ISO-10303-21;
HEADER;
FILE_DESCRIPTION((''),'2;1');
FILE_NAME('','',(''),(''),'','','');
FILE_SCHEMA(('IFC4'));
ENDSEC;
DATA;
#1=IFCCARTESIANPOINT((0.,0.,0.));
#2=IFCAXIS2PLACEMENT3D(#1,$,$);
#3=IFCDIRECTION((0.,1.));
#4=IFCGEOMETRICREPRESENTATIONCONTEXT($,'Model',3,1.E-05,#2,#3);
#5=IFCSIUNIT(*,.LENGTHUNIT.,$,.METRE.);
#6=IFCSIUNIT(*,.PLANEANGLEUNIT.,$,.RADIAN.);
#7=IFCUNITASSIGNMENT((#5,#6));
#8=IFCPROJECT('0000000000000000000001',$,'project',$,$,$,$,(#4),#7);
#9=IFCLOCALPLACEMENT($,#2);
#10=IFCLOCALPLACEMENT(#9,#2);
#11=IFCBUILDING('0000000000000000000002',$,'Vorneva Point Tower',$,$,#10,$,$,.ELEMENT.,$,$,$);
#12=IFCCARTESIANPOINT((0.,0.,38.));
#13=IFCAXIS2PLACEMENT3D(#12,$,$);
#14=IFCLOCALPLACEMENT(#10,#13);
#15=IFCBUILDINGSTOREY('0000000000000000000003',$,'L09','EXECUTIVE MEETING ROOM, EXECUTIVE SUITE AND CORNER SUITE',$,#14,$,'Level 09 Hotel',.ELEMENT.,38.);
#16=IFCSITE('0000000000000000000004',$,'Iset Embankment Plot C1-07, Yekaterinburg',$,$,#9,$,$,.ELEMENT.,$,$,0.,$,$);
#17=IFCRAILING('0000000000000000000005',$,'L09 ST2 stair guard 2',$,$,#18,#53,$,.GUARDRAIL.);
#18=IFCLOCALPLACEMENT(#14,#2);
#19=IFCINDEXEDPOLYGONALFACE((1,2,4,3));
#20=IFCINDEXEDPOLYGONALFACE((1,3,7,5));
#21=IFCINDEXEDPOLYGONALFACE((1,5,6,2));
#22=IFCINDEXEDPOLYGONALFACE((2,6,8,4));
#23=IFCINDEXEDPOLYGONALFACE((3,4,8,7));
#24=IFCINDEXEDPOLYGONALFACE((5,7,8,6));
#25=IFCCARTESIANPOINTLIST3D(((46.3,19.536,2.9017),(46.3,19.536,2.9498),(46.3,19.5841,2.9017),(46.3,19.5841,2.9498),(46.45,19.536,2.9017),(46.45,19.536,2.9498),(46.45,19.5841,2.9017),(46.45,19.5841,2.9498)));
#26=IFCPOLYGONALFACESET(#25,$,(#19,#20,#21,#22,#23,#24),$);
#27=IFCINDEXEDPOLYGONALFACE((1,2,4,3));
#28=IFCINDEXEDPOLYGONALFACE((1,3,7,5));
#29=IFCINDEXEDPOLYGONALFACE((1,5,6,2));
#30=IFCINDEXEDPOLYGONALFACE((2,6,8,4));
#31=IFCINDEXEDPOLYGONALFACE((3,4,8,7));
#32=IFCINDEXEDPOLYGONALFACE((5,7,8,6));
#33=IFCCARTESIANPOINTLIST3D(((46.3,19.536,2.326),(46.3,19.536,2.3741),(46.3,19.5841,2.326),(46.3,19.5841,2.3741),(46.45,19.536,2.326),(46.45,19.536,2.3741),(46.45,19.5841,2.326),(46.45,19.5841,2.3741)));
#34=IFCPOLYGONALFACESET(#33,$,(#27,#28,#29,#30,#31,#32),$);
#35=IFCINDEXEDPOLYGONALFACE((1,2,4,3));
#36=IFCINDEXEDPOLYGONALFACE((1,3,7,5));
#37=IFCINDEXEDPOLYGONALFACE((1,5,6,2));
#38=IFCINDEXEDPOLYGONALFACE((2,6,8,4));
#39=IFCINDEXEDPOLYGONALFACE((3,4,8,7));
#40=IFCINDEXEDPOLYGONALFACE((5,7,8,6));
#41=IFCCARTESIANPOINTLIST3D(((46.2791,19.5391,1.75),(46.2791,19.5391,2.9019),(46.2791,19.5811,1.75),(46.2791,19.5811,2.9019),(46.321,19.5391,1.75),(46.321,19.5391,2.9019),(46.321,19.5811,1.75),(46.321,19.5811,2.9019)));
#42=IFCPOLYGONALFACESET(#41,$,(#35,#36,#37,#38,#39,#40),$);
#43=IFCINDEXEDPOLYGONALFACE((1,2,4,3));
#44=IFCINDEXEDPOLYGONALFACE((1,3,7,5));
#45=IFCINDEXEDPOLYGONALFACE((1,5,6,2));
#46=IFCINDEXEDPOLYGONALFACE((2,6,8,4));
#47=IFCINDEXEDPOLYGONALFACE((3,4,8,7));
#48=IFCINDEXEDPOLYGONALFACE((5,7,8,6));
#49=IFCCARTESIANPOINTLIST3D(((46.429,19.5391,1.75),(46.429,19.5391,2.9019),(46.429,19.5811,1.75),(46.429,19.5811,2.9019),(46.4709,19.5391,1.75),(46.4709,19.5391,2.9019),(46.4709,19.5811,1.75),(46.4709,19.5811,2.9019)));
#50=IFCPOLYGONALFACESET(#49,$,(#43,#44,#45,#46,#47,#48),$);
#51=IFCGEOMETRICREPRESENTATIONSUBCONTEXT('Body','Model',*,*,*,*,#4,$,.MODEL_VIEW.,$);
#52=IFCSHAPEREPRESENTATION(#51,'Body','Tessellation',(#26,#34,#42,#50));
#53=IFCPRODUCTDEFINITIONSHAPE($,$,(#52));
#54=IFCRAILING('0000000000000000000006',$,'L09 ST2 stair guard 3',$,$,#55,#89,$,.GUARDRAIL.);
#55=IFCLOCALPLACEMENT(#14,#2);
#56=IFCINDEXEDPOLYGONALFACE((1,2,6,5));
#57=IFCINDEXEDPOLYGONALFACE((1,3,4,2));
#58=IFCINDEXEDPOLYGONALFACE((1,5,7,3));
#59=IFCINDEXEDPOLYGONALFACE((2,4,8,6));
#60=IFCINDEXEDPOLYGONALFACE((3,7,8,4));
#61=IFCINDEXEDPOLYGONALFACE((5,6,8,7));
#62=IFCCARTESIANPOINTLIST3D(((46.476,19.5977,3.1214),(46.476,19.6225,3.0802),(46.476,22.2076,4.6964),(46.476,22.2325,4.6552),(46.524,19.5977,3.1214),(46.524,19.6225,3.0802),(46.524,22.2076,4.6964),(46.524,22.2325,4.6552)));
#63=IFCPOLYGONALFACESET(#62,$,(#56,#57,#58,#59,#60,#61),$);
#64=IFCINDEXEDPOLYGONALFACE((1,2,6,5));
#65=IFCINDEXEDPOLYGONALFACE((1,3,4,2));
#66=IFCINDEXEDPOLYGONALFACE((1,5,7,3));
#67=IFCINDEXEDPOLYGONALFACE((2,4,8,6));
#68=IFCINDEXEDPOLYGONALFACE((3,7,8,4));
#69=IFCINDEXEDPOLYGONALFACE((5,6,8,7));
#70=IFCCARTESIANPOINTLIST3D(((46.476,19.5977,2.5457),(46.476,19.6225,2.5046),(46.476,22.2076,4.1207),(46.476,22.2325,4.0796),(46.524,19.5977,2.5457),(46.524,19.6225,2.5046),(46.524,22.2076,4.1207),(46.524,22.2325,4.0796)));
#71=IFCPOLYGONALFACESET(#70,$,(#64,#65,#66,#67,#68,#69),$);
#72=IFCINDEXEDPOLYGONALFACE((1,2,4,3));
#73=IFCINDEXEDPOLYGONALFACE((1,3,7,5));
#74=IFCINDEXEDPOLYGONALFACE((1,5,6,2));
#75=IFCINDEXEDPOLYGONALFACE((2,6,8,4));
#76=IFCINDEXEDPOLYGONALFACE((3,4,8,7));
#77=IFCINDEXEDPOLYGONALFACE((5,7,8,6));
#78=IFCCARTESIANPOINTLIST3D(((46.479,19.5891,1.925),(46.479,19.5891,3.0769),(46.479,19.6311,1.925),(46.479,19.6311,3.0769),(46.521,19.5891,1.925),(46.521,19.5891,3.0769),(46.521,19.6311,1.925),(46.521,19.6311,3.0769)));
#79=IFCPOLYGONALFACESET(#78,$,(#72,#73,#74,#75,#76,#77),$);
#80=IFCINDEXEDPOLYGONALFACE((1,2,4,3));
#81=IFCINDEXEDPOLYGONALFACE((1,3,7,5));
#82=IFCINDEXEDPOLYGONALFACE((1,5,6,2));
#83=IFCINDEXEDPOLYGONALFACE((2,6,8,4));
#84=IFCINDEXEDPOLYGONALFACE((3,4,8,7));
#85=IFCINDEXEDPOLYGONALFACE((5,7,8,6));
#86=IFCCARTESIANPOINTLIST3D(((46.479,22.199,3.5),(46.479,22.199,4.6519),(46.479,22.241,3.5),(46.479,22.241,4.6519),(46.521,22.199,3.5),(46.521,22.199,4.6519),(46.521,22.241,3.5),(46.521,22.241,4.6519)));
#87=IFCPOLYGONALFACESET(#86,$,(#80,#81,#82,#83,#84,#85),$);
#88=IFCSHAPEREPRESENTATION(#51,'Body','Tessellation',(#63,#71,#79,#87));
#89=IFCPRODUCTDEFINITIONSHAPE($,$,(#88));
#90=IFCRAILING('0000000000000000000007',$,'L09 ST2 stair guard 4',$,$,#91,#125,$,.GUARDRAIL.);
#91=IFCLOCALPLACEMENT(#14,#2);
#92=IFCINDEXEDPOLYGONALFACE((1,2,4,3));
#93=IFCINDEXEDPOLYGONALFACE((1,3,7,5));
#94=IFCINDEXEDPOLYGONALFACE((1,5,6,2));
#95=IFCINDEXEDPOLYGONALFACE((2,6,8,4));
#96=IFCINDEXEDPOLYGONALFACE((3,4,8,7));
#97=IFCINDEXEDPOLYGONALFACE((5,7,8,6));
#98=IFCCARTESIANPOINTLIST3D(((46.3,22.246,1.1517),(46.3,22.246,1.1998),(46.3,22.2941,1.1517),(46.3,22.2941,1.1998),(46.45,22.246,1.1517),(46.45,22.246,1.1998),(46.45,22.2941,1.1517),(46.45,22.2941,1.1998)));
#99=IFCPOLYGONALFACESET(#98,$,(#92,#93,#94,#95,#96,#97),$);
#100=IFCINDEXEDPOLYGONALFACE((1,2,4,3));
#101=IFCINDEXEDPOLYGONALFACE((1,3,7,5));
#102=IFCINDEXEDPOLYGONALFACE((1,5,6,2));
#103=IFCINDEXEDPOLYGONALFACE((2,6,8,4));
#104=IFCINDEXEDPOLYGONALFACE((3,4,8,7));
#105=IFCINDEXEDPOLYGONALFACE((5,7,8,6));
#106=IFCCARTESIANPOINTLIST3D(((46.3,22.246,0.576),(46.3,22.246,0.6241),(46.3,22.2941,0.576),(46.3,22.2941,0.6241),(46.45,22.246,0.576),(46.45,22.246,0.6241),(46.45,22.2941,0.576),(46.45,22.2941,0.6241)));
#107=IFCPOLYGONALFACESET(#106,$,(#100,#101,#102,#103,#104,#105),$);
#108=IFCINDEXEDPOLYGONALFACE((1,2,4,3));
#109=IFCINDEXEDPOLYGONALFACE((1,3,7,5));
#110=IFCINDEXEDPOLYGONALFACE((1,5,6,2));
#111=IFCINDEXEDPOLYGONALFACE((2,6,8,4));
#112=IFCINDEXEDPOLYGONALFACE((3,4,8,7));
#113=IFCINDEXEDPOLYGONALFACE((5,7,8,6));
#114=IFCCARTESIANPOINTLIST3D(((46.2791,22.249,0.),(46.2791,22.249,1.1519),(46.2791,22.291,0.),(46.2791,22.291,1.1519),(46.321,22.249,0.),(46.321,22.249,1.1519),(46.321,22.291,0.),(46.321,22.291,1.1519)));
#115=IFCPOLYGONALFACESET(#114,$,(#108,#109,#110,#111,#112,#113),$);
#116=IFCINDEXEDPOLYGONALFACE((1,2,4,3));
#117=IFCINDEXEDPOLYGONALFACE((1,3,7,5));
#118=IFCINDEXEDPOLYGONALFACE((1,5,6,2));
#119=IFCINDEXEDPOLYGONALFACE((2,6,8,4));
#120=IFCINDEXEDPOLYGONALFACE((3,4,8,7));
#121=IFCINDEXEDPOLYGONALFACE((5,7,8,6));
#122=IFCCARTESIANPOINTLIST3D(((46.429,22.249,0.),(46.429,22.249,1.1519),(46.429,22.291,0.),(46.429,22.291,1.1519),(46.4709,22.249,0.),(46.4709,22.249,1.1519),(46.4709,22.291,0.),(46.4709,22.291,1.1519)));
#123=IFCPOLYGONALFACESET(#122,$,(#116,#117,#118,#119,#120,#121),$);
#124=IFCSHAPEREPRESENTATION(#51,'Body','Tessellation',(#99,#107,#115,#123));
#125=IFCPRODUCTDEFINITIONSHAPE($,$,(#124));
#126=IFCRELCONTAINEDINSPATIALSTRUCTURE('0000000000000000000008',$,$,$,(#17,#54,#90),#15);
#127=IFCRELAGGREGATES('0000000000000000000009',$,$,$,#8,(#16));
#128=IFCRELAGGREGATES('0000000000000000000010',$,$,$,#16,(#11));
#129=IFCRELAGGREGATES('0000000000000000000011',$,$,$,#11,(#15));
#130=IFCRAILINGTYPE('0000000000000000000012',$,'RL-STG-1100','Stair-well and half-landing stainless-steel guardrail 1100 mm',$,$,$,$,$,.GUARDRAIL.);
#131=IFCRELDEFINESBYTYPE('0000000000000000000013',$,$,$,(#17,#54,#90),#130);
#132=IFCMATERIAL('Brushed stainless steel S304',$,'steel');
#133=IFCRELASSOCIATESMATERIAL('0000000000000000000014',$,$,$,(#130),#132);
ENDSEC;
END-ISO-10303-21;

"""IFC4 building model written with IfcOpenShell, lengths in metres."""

from ifc_helpers import new_model, si_unit, direction, frame, origin, origin_2d, place, context, subcontext, project, spatial, rectangle, extrude, material, type_object, element, save


model = new_model("IFC4")

# Units and contexts
model_context = context("Model", 3, precision=1e-05, world=origin(), true_north=direction((0.0, 1.0)))
body_context = subcontext(model_context, "Body", "Model", "MODEL_VIEW")
ifc_project = project(units=[si_unit("LENGTHUNIT", "METRE"), si_unit("PLANEANGLEUNIT", "RADIAN")], contexts=[model_context])

# Site, building, storey
site_placement = place(None, origin())
site = spatial("IfcSite", under=ifc_project, at=site_placement, Name="Iset Embankment Plot C1-07, Yekaterinburg", CompositionType="ELEMENT", RefElevation=0.0)
building_placement = place(site_placement, origin())
building = spatial("IfcBuilding", under=site, at=building_placement, Name="Vorneva Point Tower", CompositionType="ELEMENT")
storey_placement = place(building_placement, frame((0.0, 0.0, 38.0)))
storey = spatial("IfcBuildingStorey", under=building, at=storey_placement, Name="L09", Description="EXECUTIVE MEETING ROOM, EXECUTIVE SUITE AND CORNER SUITE", LongName="Level 09 Hotel", CompositionType="ELEMENT", Elevation=38.0)

# Railings
ifc_material_1 = material(Name="Brushed stainless steel S304", Category="steel")
railing_type_1 = type_object("IfcRailingType", Name="RL-STG-1100", Description="Stair-well and half-landing stainless-steel guardrail 1100 mm", PredefinedType="GUARDRAIL", material=ifc_material_1)
railing_1_placement = place(storey_placement, frame((46.3, 19.5601, 1.75)))
element("IfcRailing", 1, at=railing_1_placement, inside=storey, type_object=railing_type_1, Name="L09 ST2 stair guard 2", PredefinedType="GUARDRAIL", context=body_context, shape_type="SweptSolid", body=[
    extrude(rectangle(XDim=0.0481, YDim=0.0481, at=origin_2d()), frame((0.0, 0.0, 1.1758), z_axis=(1.0, 0.0, 0.0), x_axis=(0.0, 1.0, 0.0)), (0.0, 0.0, 1.0), 0.1499),
    extrude(rectangle(XDim=0.0481, YDim=0.0481, at=origin_2d()), frame((0.0, 0.0, 0.6001), z_axis=(1.0, 0.0, 0.0), x_axis=(0.0, 1.0, 0.0)), (0.0, 0.0, 1.0), 0.1499),
    extrude(rectangle(XDim=0.042, YDim=0.042, at=origin_2d()), origin(), (0.0, 0.0, 1.0), 1.1519),
    extrude(rectangle(XDim=0.042, YDim=0.042, at=origin_2d()), frame((0.1499, 0.0, 0.0)), (0.0, 0.0, 1.0), 1.1519),
])
railing_2_placement = place(storey_placement, frame((46.5, 19.6101, 1.925)))
element("IfcRailing", 2, at=railing_2_placement, inside=storey, type_object=railing_type_1, Name="L09 ST2 stair guard 3", PredefinedType="GUARDRAIL", context=body_context, shape_type="SweptSolid", body=[
    extrude(rectangle(XDim=0.0481, YDim=0.0481, at=origin_2d()), frame((0.0, 0.0, 1.1758), z_axis=(0.0, 0.856183, 0.516673), x_axis=(-1.0, 0.0, 0.0)), (0.0, 0.0, 1.0), 3.0483),
    extrude(rectangle(XDim=0.0481, YDim=0.0481, at=origin_2d()), frame((0.0, 0.0, 0.6001), z_axis=(0.0, 0.856183, 0.516673), x_axis=(-1.0, 0.0, 0.0)), (0.0, 0.0, 1.0), 3.0483),
    extrude(rectangle(XDim=0.042, YDim=0.042, at=origin_2d()), origin(), (0.0, 0.0, 1.0), 1.1519),
    extrude(rectangle(XDim=0.042, YDim=0.042, at=origin_2d()), frame((0.0, 2.6099, 1.575)), (0.0, 0.0, 1.0), 1.1519),
])
railing_3_placement = place(storey_placement, frame((46.3, 22.27, 0.0)))
element("IfcRailing", 3, at=railing_3_placement, inside=storey, type_object=railing_type_1, Name="L09 ST2 stair guard 4", PredefinedType="GUARDRAIL", context=body_context, shape_type="SweptSolid", body=[
    extrude(rectangle(XDim=0.0481, YDim=0.0481, at=origin_2d()), frame((0.0, 0.0, 1.1758), z_axis=(1.0, 0.0, 0.0), x_axis=(0.0, 1.0, 0.0)), (0.0, 0.0, 1.0), 0.1499),
    extrude(rectangle(XDim=0.0481, YDim=0.0481, at=origin_2d()), frame((0.0, 0.0, 0.6001), z_axis=(1.0, 0.0, 0.0), x_axis=(0.0, 1.0, 0.0)), (0.0, 0.0, 1.0), 0.1499),
    extrude(rectangle(XDim=0.042, YDim=0.042, at=origin_2d()), origin(), (0.0, 0.0, 1.0), 1.1519),
    extrude(rectangle(XDim=0.042, YDim=0.042, at=origin_2d()), frame((0.1499, 0.0, 0.0)), (0.0, 0.0, 1.0), 1.1519),
])

save(model, "model.ifc")
